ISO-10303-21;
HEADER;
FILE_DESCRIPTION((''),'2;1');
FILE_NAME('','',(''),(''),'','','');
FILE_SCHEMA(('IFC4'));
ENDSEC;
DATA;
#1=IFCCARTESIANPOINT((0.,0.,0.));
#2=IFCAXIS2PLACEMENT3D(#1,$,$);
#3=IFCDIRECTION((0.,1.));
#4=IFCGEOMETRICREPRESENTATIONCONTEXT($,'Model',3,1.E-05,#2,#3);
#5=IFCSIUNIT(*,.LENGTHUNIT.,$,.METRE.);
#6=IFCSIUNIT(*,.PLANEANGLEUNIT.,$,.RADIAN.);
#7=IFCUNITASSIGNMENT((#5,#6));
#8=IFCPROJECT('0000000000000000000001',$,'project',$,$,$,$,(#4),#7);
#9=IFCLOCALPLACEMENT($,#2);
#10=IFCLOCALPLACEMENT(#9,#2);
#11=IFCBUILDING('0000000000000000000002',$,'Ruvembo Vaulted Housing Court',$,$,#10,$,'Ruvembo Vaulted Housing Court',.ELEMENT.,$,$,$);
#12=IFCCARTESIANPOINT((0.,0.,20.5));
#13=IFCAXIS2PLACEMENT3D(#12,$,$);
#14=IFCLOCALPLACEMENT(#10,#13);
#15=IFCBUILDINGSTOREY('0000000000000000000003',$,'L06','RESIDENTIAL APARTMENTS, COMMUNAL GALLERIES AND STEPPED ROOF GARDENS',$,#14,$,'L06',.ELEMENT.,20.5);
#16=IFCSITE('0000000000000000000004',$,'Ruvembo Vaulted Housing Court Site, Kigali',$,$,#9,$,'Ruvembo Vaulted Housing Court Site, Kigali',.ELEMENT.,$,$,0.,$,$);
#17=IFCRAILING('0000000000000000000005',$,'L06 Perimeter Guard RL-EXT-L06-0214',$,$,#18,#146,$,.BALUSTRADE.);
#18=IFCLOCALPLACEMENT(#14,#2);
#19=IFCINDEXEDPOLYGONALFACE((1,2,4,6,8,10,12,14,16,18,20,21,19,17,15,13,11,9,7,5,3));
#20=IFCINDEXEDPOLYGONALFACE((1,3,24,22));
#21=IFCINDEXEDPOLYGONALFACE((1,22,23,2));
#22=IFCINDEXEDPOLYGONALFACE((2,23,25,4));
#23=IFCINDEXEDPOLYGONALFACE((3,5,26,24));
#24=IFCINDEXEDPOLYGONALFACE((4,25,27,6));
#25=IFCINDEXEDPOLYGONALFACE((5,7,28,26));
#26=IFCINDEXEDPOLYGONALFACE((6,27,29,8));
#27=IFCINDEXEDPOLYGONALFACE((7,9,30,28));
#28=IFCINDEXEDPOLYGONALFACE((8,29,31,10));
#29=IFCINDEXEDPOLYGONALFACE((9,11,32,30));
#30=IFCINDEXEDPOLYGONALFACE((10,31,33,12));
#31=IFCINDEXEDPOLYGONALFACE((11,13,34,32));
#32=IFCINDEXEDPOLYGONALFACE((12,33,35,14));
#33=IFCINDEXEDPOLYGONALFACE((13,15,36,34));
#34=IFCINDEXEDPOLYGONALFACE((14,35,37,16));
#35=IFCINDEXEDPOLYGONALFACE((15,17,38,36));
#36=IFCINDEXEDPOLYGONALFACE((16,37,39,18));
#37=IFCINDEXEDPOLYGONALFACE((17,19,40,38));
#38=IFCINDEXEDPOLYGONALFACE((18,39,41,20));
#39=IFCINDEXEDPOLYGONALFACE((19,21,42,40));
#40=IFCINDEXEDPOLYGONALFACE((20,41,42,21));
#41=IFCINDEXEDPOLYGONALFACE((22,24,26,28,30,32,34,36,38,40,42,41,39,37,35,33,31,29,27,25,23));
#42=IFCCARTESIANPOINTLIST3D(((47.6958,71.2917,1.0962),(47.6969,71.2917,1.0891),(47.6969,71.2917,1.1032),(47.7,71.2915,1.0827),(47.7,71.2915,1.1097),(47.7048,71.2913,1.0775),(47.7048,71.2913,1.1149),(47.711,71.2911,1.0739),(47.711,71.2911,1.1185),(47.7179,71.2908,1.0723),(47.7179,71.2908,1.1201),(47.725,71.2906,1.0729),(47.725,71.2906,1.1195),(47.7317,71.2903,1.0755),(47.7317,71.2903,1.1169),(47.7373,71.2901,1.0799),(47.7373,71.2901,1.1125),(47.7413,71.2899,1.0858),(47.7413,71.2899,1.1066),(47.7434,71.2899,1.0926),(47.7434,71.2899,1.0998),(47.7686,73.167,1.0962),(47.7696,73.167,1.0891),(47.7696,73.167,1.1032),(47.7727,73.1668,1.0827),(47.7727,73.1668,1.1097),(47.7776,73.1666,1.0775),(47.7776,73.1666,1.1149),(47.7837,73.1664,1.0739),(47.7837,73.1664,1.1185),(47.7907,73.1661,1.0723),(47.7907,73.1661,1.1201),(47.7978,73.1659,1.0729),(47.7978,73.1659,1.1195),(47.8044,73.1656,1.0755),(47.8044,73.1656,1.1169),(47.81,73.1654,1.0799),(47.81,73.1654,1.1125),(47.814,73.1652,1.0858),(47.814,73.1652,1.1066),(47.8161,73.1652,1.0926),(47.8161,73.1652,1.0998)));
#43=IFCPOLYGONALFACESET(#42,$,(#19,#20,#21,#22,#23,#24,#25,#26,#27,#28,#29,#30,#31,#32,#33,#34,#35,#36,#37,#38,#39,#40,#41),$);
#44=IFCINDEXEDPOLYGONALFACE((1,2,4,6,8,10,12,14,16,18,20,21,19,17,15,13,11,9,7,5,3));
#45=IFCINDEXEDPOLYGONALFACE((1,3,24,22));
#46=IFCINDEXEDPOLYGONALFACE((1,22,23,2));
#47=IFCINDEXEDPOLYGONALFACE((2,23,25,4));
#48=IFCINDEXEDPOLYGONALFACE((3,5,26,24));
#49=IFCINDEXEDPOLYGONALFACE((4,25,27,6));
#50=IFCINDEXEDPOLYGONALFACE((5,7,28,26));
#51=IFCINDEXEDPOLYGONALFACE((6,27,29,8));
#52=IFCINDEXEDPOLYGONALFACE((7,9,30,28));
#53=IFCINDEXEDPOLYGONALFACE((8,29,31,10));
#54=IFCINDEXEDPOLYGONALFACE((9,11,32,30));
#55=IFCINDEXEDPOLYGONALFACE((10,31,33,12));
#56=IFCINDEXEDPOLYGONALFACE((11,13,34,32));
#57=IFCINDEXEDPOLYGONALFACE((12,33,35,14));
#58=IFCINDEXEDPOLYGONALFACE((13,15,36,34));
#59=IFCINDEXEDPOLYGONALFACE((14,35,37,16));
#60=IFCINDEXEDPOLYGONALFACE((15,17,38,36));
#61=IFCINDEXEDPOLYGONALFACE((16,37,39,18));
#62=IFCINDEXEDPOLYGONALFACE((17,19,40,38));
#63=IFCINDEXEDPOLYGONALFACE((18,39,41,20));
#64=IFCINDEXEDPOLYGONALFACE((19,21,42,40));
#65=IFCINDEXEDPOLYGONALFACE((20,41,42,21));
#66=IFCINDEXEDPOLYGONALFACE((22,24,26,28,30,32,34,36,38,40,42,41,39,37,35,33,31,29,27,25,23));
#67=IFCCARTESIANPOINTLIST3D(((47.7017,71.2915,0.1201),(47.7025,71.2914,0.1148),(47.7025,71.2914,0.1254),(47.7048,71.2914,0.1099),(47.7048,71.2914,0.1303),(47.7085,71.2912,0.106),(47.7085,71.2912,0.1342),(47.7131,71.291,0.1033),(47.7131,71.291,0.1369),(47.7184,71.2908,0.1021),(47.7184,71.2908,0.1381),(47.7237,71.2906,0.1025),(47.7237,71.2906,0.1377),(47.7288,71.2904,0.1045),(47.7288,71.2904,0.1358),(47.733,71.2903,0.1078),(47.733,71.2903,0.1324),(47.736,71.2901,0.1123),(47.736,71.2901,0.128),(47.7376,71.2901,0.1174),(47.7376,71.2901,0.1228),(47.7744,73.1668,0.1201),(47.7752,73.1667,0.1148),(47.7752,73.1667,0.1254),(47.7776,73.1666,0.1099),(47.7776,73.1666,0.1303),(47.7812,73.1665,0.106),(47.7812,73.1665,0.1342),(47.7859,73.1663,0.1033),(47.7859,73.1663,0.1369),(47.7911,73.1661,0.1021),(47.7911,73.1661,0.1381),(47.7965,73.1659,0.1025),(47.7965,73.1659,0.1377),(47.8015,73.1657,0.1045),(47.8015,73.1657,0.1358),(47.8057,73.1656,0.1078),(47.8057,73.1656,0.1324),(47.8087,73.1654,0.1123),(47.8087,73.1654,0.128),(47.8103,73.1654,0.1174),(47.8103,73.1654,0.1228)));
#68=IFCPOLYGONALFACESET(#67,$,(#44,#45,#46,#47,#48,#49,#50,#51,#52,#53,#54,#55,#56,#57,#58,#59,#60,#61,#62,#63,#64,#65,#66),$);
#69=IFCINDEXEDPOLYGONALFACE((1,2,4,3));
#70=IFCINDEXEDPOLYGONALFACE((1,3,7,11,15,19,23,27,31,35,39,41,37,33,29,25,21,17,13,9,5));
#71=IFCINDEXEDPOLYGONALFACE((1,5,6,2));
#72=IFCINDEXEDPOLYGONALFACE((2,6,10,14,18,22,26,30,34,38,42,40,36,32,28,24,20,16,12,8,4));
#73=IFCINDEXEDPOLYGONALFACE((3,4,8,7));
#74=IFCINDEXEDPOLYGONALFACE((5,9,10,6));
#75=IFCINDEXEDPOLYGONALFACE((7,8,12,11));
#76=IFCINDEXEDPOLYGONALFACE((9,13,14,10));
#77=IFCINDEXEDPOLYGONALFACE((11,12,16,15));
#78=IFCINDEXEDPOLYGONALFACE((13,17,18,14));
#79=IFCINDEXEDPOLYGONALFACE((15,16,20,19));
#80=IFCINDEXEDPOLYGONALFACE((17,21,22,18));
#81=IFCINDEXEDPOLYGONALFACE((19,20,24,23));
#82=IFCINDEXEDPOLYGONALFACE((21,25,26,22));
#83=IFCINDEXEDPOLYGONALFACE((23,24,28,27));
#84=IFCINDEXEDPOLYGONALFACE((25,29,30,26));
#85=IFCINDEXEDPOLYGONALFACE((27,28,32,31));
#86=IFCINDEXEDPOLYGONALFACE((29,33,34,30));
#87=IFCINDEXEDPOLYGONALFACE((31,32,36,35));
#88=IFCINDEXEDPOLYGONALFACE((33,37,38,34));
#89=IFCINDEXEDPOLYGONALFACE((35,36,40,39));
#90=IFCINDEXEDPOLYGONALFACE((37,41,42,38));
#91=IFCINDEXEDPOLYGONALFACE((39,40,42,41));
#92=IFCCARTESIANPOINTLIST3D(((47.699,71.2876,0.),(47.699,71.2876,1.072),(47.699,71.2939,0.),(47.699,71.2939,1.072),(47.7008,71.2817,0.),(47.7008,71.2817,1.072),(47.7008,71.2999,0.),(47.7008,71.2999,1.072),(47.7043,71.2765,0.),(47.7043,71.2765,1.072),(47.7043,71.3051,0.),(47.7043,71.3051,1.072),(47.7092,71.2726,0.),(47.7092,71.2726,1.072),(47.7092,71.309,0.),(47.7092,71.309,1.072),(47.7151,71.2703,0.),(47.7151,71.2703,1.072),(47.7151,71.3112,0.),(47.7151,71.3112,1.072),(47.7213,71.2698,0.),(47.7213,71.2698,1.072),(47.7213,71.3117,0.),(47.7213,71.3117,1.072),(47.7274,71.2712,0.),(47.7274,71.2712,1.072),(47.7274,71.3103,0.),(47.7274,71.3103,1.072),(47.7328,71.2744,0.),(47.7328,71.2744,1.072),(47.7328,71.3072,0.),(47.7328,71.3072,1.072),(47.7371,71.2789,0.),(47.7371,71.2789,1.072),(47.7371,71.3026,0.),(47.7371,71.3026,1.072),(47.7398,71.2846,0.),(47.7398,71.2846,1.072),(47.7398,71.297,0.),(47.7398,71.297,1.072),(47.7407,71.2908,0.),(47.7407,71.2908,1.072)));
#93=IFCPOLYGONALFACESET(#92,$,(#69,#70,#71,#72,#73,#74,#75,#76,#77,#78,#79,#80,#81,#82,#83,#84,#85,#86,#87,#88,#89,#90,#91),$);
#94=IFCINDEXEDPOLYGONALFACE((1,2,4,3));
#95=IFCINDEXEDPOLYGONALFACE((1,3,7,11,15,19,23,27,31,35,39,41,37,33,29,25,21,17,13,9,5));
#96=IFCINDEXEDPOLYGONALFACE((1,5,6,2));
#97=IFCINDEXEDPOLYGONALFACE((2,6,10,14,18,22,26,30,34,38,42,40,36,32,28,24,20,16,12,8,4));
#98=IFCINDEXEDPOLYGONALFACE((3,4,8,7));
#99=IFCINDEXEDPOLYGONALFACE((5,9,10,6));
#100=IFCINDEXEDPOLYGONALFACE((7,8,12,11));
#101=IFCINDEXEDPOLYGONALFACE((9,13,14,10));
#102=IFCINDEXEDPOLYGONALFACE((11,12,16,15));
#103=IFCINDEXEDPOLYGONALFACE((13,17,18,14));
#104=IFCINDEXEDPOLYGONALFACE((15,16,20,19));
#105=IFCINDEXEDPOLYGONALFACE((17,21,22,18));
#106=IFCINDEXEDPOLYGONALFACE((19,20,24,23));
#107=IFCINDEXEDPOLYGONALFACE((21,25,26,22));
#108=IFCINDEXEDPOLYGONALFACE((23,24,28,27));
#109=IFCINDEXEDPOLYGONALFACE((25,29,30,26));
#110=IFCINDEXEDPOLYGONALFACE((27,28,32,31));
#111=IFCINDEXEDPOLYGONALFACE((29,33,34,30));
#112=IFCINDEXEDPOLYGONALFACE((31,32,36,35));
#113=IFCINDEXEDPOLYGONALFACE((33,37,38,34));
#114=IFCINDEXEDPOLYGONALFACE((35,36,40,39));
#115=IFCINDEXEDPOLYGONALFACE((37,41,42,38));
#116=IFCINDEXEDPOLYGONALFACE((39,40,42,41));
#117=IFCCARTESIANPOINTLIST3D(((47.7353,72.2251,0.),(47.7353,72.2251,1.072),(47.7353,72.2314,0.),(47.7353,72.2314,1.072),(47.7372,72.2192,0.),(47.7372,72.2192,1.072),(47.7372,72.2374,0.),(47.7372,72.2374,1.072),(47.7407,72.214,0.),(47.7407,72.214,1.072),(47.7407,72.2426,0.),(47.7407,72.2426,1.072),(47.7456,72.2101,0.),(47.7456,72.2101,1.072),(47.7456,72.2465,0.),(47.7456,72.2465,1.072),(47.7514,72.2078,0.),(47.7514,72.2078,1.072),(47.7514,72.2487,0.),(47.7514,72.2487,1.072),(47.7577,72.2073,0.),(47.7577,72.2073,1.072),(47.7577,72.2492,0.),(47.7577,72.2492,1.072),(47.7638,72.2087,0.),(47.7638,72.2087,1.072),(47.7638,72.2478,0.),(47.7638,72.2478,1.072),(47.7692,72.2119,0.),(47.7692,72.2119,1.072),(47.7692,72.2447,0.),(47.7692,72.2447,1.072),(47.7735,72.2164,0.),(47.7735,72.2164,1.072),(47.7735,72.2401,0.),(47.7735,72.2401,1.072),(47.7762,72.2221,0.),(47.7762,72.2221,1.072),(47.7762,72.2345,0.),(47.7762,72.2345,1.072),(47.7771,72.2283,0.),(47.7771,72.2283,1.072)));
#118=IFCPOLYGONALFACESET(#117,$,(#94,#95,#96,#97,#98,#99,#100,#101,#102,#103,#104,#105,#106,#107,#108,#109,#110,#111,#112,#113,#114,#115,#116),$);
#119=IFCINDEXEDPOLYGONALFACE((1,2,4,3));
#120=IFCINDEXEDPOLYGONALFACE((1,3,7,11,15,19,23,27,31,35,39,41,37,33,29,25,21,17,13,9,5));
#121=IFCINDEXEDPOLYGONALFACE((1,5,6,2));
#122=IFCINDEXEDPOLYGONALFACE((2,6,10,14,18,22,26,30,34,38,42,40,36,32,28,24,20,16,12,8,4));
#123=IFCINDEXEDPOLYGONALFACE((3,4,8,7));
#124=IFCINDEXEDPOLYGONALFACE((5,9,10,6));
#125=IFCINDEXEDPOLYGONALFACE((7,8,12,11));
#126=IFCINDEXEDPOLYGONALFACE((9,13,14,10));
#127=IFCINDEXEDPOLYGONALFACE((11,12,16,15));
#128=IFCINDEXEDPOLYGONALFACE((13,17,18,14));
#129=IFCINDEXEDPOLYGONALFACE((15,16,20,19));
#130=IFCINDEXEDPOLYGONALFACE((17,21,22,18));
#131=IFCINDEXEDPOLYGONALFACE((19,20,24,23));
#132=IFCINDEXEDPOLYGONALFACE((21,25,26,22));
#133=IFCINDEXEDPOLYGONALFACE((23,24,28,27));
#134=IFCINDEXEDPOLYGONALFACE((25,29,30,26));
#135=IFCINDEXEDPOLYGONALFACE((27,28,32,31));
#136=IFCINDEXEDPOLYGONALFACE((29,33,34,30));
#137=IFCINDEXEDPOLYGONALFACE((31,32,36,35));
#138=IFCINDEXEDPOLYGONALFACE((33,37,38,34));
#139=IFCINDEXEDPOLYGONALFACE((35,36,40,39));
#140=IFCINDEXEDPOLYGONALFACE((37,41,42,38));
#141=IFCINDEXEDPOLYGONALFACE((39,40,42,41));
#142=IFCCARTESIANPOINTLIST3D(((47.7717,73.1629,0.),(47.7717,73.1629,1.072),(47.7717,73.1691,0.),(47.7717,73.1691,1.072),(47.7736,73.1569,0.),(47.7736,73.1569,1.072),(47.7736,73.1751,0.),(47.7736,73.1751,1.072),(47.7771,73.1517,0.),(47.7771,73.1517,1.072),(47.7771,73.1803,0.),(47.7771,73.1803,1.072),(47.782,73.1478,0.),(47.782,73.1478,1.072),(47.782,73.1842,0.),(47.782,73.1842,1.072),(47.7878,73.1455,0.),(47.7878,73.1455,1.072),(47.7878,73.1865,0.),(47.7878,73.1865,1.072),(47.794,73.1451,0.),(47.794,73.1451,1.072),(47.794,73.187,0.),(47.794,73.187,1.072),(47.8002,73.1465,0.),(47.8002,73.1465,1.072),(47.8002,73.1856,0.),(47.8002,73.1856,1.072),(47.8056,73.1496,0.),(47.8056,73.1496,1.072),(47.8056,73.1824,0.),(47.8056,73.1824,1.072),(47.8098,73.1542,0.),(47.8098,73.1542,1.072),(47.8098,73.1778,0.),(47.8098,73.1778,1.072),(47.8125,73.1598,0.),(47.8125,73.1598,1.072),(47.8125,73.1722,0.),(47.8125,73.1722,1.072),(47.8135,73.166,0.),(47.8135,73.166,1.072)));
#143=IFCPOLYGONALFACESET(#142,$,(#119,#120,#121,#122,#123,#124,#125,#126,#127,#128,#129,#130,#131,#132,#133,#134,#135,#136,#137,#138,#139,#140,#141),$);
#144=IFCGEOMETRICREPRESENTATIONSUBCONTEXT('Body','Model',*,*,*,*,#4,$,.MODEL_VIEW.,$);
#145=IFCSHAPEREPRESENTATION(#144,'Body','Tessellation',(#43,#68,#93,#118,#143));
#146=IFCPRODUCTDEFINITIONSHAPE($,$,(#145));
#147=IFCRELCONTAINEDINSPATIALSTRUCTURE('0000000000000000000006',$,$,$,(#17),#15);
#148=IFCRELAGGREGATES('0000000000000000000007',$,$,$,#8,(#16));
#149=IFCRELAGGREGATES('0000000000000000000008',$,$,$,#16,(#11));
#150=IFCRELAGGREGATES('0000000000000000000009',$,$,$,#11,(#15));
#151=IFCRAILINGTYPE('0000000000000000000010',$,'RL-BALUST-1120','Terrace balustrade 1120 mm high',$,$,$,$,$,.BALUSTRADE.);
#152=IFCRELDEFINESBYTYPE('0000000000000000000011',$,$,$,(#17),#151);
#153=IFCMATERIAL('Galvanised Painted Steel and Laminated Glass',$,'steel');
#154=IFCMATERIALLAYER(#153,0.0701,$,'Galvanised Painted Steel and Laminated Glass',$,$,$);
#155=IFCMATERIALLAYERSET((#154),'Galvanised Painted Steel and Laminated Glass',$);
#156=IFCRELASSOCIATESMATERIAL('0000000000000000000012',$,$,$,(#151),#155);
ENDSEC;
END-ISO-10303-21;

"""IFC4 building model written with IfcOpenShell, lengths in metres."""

from ifc_helpers import new_model, si_unit, direction, frame, origin, origin_2d, place, context, subcontext, project, spatial, circle, extrude, material, layer, layer_set, type_object, element, save


model = new_model("IFC4")

# Units and contexts
model_context = context("Model", 3, precision=1e-05, world=origin(), true_north=direction((0.0, 1.0)))
body_context = subcontext(model_context, "Body", "Model", "MODEL_VIEW")
ifc_project = project(units=[si_unit("LENGTHUNIT", "METRE"), si_unit("PLANEANGLEUNIT", "RADIAN")], contexts=[model_context])

# Site, building, storey
site_placement = place(None, origin())
site = spatial("IfcSite", under=ifc_project, at=site_placement, Name="Ruvembo Vaulted Housing Court Site, Kigali", LongName="Ruvembo Vaulted Housing Court Site, Kigali", CompositionType="ELEMENT", RefElevation=0.0)
building_placement = place(site_placement, origin())
building = spatial("IfcBuilding", under=site, at=building_placement, Name="Ruvembo Vaulted Housing Court", LongName="Ruvembo Vaulted Housing Court", CompositionType="ELEMENT")
storey_placement = place(building_placement, frame((0.0, 0.0, 20.5)))
storey = spatial("IfcBuildingStorey", under=building, at=storey_placement, Name="L06", Description="RESIDENTIAL APARTMENTS, COMMUNAL GALLERIES AND STEPPED ROOF GARDENS", LongName="L06", CompositionType="ELEMENT", Elevation=20.5)

# Railing
ifc_material_1 = material(Name="Galvanised Painted Steel and Laminated Glass", Category="steel")
ifc_layer = layer(ifc_material_1, 0.0701, Name="Galvanised Painted Steel and Laminated Glass")
ifc_layer_set = layer_set([ifc_layer], Name="Galvanised Painted Steel and Laminated Glass")
railing_type = type_object("IfcRailingType", Name="RL-BALUST-1120", Description="Terrace balustrade 1120 mm high", PredefinedType="BALUSTRADE", material=ifc_layer_set)
railing_1_placement = place(storey_placement, frame((47.7197, 71.2908, 0.0)))
element("IfcRailing", 1, at=railing_1_placement, inside=storey, type_object=railing_type, Name="L06 Perimeter Guard RL-EXT-L06-0214", PredefinedType="BALUSTRADE", context=body_context, shape_type="SweptSolid", body=[
    extrude(circle(Radius=0.0239, at=origin_2d()), frame((0.0, 0.0, 1.0962), z_axis=(0.038768, 0.999248, 0.0), x_axis=(-0.999248, 0.038768, 0.0)), (0.0, 0.0, 1.0), 1.8767),
    extrude(circle(Radius=0.0181, at=origin_2d()), frame((0.0, 0.0, 0.1201), z_axis=(0.038768, 0.999248, 0.0), x_axis=(-0.999248, 0.038768, 0.0)), (0.0, 0.0, 1.0), 1.8767),
    extrude(circle(Radius=0.021, at=origin_2d()), origin(), (0.0, 0.0, 1.0), 1.072),
    extrude(circle(Radius=0.021, at=origin_2d()), frame((0.0364, 0.9375, 0.0)), (0.0, 0.0, 1.0), 1.072),
    extrude(circle(Radius=0.021, at=origin_2d()), frame((0.0728, 1.8752, 0.0)), (0.0, 0.0, 1.0), 1.072),
])

save(model, "model.ifc")
